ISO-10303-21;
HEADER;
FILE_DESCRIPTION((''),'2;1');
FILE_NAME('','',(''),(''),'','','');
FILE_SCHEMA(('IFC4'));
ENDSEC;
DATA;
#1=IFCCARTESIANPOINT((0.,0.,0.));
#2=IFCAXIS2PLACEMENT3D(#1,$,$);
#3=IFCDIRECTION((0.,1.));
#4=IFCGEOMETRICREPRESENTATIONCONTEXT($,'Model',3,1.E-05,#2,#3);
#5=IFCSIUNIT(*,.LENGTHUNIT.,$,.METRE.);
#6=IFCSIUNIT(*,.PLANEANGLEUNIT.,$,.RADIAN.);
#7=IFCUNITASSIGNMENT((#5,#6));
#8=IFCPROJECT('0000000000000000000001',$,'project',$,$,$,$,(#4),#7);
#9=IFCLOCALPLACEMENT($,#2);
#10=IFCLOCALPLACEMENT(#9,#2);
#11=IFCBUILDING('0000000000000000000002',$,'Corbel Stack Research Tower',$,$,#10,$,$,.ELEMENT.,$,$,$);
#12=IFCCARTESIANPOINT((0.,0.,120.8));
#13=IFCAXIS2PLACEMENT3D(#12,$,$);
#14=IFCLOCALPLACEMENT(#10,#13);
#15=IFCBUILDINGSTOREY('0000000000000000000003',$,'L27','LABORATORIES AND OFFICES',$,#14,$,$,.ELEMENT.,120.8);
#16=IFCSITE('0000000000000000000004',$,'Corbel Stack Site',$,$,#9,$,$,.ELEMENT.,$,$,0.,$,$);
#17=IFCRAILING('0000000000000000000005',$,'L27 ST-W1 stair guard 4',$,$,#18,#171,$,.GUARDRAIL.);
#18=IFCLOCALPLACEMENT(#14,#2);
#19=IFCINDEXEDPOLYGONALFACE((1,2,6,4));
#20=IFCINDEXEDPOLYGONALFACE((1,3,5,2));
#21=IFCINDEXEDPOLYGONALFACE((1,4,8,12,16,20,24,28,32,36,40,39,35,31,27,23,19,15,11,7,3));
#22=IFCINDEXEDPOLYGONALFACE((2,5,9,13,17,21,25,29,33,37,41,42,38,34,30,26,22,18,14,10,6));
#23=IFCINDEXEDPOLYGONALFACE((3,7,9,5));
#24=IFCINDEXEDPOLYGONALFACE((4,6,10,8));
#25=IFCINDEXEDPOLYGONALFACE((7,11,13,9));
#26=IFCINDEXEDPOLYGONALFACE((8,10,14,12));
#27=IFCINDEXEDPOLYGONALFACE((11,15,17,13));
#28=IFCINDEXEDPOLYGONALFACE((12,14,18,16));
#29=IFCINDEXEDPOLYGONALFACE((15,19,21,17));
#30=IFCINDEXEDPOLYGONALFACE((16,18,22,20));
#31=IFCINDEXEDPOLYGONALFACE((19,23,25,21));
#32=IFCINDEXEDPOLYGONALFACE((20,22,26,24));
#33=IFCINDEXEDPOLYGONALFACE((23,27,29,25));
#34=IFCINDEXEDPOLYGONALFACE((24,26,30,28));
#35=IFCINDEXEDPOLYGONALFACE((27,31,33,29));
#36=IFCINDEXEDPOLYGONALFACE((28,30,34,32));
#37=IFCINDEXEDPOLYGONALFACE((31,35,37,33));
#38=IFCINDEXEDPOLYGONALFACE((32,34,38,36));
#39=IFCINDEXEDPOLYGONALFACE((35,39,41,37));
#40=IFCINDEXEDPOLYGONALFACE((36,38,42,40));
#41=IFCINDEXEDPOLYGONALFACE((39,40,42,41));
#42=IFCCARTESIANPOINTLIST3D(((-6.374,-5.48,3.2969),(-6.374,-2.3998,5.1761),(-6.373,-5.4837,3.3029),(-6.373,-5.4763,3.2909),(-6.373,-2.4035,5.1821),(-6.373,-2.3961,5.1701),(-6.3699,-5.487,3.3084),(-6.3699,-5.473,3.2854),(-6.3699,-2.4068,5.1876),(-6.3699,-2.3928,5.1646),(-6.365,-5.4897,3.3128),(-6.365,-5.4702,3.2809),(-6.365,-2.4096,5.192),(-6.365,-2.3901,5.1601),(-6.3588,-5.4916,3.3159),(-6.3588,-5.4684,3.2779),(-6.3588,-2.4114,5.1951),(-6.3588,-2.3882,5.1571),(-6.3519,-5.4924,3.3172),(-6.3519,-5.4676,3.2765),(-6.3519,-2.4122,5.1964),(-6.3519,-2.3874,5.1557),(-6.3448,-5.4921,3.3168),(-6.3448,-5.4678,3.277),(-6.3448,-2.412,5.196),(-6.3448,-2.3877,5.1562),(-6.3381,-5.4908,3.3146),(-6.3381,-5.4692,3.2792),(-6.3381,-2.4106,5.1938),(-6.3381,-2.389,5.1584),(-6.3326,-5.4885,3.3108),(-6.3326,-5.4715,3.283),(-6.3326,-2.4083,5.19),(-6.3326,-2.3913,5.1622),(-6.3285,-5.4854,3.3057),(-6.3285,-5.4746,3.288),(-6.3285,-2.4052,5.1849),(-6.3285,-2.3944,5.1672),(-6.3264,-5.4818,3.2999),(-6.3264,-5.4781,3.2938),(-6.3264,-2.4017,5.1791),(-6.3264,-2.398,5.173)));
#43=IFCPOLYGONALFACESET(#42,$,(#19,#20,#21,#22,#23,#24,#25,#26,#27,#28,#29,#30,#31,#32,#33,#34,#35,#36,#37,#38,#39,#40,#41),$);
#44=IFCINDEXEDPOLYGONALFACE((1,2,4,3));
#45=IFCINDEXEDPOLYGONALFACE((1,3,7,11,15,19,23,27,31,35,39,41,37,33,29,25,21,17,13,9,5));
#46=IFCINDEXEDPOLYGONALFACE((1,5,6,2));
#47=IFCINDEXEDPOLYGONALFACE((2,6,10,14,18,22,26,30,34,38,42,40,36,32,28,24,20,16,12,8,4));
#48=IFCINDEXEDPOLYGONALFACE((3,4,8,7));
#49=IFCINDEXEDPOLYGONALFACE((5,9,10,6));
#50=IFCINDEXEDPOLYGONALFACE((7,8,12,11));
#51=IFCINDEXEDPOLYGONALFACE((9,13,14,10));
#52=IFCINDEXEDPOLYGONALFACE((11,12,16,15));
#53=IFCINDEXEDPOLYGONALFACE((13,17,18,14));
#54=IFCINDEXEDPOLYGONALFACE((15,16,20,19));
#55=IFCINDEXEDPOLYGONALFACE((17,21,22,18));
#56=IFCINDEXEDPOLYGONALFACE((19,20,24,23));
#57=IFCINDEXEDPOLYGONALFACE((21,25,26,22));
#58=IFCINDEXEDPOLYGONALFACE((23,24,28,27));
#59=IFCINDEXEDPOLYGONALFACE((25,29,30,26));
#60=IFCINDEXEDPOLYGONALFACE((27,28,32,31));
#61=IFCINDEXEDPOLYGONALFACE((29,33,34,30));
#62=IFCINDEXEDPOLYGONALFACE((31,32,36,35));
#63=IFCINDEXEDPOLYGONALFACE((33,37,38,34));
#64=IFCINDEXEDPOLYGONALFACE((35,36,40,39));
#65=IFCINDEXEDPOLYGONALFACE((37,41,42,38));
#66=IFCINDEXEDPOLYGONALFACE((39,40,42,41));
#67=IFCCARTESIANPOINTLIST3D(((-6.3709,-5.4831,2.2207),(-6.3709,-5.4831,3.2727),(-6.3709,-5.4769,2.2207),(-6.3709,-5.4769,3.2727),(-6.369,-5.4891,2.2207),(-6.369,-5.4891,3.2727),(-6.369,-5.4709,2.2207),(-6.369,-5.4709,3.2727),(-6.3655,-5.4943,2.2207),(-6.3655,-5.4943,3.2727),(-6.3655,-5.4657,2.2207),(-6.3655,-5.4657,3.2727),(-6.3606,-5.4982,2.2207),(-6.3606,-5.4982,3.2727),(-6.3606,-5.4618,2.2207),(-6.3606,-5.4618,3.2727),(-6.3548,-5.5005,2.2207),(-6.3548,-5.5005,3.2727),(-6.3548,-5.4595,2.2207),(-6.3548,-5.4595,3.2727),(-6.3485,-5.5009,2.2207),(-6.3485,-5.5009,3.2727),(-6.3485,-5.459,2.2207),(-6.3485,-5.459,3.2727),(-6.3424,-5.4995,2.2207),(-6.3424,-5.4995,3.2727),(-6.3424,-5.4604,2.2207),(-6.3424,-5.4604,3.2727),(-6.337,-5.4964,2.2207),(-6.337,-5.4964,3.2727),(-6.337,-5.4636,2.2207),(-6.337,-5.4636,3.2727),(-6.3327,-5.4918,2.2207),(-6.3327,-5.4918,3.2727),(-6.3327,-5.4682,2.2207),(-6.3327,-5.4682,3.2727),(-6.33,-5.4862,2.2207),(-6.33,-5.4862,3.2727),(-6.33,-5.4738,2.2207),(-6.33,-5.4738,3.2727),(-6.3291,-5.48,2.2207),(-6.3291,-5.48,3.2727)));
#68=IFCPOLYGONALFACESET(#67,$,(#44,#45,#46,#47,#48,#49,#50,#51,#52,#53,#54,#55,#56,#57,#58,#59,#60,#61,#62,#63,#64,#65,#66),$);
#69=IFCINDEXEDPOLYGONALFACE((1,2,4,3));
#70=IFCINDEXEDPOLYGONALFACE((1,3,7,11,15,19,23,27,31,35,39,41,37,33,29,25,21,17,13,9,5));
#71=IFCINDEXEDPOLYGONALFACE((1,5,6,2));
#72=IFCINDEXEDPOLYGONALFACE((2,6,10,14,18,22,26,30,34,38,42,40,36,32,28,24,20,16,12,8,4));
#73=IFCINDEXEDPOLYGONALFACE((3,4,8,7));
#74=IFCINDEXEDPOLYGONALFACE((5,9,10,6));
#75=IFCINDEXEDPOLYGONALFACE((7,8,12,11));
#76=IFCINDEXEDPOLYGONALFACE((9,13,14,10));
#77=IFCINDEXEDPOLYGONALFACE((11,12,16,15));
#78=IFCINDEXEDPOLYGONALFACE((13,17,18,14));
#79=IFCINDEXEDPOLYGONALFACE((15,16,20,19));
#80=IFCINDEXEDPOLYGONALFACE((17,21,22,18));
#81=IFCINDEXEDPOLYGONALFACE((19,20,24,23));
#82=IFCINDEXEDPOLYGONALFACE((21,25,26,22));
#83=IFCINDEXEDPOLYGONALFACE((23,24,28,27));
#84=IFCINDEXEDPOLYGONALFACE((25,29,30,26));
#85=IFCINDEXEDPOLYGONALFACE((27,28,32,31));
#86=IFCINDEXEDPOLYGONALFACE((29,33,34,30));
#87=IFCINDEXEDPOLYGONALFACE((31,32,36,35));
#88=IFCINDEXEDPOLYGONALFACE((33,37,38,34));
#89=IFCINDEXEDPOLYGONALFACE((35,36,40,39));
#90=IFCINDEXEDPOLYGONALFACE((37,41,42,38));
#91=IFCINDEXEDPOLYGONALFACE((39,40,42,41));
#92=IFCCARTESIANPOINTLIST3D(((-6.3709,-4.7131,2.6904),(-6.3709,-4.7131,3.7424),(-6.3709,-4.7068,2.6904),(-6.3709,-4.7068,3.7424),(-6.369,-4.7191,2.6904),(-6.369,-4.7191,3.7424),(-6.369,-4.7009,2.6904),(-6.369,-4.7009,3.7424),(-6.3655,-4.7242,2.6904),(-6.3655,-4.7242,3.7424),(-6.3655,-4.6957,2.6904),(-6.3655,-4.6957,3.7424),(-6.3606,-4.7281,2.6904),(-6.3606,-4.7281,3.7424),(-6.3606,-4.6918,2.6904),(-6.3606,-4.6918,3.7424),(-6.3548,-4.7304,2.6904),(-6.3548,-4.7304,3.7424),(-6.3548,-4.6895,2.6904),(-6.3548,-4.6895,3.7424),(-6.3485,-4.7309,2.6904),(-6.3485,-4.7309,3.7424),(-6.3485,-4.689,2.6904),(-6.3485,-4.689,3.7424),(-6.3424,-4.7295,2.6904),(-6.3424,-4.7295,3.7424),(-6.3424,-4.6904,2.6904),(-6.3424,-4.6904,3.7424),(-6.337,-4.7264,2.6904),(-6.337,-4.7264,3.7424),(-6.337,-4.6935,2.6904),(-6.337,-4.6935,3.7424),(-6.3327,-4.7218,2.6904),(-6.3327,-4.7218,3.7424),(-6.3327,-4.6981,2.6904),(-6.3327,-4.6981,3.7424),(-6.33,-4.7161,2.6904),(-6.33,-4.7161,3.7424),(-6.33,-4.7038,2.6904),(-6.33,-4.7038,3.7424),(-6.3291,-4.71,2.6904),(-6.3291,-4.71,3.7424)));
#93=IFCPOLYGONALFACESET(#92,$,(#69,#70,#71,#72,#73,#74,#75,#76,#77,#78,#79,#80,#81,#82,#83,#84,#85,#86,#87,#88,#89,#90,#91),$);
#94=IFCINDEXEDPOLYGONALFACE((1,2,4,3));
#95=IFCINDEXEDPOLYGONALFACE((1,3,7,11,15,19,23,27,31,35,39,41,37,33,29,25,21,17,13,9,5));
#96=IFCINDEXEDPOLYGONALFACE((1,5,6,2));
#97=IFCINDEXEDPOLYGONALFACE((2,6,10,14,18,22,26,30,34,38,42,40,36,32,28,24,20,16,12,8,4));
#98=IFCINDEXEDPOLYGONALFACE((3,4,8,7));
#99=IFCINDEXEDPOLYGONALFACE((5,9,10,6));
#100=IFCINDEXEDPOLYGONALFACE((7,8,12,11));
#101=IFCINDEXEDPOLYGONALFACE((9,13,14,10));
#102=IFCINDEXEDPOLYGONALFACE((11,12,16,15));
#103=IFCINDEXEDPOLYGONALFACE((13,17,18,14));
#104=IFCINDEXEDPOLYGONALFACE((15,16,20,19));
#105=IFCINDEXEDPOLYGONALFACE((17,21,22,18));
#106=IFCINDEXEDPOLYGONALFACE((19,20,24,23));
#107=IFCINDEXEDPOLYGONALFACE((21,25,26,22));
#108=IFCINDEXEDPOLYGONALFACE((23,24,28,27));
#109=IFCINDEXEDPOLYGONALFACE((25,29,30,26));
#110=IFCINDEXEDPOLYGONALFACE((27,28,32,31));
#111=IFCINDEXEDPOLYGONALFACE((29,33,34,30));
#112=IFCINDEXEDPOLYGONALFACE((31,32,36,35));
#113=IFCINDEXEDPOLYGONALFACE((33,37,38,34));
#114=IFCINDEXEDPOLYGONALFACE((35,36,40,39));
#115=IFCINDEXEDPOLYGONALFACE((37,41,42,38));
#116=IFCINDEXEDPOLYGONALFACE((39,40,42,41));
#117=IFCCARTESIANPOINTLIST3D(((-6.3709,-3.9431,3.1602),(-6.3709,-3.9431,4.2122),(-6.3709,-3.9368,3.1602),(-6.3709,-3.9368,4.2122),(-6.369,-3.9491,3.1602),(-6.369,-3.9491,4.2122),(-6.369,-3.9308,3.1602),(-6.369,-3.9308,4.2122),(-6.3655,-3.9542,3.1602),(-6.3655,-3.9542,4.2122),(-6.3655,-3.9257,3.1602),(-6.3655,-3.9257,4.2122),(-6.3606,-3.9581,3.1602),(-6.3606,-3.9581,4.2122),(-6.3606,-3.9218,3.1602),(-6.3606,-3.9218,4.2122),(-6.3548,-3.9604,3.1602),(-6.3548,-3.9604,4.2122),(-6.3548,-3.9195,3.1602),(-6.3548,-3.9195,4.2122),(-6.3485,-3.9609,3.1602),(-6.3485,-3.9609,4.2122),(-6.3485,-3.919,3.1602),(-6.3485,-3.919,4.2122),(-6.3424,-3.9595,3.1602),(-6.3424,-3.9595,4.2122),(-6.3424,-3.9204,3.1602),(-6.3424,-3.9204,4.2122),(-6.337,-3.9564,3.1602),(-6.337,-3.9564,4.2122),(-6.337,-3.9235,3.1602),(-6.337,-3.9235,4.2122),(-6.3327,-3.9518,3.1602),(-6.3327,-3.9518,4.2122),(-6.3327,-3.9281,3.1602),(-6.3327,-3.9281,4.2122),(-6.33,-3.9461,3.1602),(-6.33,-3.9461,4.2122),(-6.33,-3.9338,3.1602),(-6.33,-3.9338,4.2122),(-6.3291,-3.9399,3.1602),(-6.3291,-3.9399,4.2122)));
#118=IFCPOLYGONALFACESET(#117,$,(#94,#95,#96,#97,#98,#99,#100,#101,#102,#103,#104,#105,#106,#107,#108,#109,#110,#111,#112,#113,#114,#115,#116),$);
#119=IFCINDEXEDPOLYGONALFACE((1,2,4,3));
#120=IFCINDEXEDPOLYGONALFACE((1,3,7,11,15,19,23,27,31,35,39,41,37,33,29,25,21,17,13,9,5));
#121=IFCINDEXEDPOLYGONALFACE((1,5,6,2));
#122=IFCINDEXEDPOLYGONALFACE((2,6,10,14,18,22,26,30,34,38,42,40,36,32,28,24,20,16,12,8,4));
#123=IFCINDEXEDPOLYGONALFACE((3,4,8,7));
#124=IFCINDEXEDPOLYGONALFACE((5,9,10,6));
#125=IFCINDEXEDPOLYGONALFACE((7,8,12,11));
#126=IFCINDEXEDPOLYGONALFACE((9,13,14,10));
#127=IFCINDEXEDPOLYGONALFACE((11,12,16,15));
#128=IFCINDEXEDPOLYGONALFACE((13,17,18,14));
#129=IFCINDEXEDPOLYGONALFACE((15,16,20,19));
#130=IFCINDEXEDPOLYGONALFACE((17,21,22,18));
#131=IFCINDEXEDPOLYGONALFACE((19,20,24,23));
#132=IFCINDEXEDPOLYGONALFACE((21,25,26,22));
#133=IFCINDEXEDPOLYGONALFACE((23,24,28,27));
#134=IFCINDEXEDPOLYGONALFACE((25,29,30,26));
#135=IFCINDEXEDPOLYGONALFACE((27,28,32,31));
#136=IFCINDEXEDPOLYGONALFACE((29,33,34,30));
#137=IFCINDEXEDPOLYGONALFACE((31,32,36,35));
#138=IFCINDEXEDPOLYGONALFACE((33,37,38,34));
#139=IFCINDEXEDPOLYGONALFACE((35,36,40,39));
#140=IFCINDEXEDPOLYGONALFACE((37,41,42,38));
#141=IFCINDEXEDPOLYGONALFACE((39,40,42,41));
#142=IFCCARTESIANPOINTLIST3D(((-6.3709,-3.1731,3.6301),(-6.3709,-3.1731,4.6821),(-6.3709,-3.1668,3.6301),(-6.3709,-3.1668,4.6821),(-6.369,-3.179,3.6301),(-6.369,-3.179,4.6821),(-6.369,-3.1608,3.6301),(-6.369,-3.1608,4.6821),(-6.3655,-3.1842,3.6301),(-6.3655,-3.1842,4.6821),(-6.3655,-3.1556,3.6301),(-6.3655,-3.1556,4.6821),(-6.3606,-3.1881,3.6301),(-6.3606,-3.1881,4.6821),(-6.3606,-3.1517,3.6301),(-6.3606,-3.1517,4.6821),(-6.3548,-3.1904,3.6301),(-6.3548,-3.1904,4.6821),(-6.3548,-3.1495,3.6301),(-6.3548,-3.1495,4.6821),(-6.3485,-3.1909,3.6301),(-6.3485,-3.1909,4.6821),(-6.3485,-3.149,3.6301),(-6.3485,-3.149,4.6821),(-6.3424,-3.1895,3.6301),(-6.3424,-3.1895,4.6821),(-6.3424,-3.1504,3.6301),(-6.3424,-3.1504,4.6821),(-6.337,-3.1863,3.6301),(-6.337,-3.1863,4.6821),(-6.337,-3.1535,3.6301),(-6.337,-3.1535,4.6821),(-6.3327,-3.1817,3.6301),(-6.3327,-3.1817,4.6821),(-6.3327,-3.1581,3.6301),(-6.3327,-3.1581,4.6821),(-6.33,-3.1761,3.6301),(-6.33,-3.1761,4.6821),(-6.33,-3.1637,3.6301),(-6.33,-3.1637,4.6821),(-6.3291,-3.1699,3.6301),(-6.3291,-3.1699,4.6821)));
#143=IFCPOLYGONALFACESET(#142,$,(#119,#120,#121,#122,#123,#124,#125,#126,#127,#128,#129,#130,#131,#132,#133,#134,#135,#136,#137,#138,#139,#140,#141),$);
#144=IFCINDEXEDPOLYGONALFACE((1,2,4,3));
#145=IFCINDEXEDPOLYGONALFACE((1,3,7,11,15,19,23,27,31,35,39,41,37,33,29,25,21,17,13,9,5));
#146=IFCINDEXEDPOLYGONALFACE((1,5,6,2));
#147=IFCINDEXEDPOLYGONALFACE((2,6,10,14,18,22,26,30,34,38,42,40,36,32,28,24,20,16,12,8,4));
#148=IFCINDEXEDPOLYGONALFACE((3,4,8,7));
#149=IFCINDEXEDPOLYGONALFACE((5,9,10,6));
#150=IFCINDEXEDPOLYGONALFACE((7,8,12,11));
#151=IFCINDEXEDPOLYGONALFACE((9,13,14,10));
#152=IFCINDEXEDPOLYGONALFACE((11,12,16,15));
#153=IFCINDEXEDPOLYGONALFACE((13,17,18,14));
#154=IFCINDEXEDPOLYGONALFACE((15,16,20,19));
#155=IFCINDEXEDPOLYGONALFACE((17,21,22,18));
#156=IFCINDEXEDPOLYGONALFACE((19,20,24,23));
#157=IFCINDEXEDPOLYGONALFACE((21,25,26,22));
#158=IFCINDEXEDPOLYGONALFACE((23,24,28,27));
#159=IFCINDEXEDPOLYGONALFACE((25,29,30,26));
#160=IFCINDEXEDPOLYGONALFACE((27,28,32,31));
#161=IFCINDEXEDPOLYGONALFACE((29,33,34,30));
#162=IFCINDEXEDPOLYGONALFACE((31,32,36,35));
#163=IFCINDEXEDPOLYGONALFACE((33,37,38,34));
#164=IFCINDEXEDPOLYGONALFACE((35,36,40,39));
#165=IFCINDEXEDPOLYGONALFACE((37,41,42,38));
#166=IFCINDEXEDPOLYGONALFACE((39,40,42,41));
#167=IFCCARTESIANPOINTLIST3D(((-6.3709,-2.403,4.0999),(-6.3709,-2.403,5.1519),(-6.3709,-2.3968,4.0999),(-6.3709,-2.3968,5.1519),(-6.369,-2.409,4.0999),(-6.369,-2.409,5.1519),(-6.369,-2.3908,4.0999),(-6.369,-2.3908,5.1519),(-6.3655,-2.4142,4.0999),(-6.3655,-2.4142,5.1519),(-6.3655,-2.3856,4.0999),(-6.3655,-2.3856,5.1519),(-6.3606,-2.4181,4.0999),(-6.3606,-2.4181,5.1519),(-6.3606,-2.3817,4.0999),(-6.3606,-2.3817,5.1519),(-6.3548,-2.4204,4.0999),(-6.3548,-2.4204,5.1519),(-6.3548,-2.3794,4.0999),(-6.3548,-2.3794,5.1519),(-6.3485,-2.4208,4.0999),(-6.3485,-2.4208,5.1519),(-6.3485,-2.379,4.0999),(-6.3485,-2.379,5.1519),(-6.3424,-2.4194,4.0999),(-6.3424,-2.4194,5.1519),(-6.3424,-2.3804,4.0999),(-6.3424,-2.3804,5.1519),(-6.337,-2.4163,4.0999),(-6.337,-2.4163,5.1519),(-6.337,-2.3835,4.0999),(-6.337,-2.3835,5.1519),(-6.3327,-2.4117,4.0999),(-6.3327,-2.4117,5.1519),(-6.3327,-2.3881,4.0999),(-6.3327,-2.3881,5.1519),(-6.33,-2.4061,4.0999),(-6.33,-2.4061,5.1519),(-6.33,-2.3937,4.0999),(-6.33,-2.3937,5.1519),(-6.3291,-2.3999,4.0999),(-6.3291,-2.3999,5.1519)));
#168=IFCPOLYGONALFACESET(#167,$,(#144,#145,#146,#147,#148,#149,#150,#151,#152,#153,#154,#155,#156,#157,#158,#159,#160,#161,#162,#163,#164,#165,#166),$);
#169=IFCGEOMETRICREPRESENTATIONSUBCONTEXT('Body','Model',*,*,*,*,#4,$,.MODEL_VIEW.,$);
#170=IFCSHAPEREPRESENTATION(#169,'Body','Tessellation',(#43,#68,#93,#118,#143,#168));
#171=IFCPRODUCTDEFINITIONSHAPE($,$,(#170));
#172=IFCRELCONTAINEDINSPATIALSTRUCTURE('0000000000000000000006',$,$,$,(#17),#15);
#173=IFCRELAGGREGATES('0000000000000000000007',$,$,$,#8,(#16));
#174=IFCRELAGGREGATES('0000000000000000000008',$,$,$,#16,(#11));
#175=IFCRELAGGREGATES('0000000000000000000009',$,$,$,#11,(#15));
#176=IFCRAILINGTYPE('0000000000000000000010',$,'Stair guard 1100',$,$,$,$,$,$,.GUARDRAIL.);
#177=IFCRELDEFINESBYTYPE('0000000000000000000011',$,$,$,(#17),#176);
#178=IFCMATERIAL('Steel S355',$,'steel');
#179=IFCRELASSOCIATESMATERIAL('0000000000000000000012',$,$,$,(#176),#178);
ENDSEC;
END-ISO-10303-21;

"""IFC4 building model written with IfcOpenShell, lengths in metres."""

from ifc_helpers import new_model, si_unit, direction, frame, origin, origin_2d, place, context, subcontext, project, spatial, circle, extrude, material, type_object, element, save


model = new_model("IFC4")

# Units and contexts
model_context = context("Model", 3, precision=1e-05, world=origin(), true_north=direction((0.0, 1.0)))
body_context = subcontext(model_context, "Body", "Model", "MODEL_VIEW")
ifc_project = project(units=[si_unit("LENGTHUNIT", "METRE"), si_unit("PLANEANGLEUNIT", "RADIAN")], contexts=[model_context])

# Site, building, storey
site_placement = place(None, origin())
site = spatial("IfcSite", under=ifc_project, at=site_placement, Name="Corbel Stack Site", CompositionType="ELEMENT", RefElevation=0.0)
building_placement = place(site_placement, origin())
building = spatial("IfcBuilding", under=site, at=building_placement, Name="Corbel Stack Research Tower", CompositionType="ELEMENT")
storey_placement = place(building_placement, frame((0.0, 0.0, 120.8)))
storey = spatial("IfcBuildingStorey", under=building, at=storey_placement, Name="L27", Description="LABORATORIES AND OFFICES", CompositionType="ELEMENT", Elevation=120.8)

# Railing
ifc_material_1 = material(Name="Steel S355", Category="steel")
railing_type_1 = type_object("IfcRailingType", Name="Stair guard 1100", PredefinedType="GUARDRAIL", material=ifc_material_1)
railing_1_placement = place(storey_placement, frame((-6.3501, -5.48, 2.2207)))
element("IfcRailing", 1, at=railing_1_placement, inside=storey, type_object=railing_type_1, Name="L27 ST-W1 stair guard 4", PredefinedType="GUARDRAIL", context=body_context, shape_type="SweptSolid", body=[
    extrude(circle(Radius=0.0239, at=origin_2d()), frame((0.0, 0.0, 1.0762), z_axis=(0.0, 0.853666, 0.52082), x_axis=(-1.0, 0.0, 0.0)), (0.0, 0.0, 1.0), 3.6082),
    extrude(circle(Radius=0.021, at=origin_2d()), origin(), (0.0, 0.0, 1.0), 1.052),
    extrude(circle(Radius=0.021, at=origin_2d()), frame((0.0, 0.77, 0.4697)), (0.0, 0.0, 1.0), 1.052),
    extrude(circle(Radius=0.021, at=origin_2d()), frame((0.0, 1.54, 0.9395)), (0.0, 0.0, 1.0), 1.052),
    extrude(circle(Radius=0.021, at=origin_2d()), frame((0.0, 2.3101, 1.4094)), (0.0, 0.0, 1.0), 1.052),
    extrude(circle(Radius=0.021, at=origin_2d()), frame((0.0, 3.0801, 1.8792)), (0.0, 0.0, 1.0), 1.052),
])

save(model, "model.ifc")
